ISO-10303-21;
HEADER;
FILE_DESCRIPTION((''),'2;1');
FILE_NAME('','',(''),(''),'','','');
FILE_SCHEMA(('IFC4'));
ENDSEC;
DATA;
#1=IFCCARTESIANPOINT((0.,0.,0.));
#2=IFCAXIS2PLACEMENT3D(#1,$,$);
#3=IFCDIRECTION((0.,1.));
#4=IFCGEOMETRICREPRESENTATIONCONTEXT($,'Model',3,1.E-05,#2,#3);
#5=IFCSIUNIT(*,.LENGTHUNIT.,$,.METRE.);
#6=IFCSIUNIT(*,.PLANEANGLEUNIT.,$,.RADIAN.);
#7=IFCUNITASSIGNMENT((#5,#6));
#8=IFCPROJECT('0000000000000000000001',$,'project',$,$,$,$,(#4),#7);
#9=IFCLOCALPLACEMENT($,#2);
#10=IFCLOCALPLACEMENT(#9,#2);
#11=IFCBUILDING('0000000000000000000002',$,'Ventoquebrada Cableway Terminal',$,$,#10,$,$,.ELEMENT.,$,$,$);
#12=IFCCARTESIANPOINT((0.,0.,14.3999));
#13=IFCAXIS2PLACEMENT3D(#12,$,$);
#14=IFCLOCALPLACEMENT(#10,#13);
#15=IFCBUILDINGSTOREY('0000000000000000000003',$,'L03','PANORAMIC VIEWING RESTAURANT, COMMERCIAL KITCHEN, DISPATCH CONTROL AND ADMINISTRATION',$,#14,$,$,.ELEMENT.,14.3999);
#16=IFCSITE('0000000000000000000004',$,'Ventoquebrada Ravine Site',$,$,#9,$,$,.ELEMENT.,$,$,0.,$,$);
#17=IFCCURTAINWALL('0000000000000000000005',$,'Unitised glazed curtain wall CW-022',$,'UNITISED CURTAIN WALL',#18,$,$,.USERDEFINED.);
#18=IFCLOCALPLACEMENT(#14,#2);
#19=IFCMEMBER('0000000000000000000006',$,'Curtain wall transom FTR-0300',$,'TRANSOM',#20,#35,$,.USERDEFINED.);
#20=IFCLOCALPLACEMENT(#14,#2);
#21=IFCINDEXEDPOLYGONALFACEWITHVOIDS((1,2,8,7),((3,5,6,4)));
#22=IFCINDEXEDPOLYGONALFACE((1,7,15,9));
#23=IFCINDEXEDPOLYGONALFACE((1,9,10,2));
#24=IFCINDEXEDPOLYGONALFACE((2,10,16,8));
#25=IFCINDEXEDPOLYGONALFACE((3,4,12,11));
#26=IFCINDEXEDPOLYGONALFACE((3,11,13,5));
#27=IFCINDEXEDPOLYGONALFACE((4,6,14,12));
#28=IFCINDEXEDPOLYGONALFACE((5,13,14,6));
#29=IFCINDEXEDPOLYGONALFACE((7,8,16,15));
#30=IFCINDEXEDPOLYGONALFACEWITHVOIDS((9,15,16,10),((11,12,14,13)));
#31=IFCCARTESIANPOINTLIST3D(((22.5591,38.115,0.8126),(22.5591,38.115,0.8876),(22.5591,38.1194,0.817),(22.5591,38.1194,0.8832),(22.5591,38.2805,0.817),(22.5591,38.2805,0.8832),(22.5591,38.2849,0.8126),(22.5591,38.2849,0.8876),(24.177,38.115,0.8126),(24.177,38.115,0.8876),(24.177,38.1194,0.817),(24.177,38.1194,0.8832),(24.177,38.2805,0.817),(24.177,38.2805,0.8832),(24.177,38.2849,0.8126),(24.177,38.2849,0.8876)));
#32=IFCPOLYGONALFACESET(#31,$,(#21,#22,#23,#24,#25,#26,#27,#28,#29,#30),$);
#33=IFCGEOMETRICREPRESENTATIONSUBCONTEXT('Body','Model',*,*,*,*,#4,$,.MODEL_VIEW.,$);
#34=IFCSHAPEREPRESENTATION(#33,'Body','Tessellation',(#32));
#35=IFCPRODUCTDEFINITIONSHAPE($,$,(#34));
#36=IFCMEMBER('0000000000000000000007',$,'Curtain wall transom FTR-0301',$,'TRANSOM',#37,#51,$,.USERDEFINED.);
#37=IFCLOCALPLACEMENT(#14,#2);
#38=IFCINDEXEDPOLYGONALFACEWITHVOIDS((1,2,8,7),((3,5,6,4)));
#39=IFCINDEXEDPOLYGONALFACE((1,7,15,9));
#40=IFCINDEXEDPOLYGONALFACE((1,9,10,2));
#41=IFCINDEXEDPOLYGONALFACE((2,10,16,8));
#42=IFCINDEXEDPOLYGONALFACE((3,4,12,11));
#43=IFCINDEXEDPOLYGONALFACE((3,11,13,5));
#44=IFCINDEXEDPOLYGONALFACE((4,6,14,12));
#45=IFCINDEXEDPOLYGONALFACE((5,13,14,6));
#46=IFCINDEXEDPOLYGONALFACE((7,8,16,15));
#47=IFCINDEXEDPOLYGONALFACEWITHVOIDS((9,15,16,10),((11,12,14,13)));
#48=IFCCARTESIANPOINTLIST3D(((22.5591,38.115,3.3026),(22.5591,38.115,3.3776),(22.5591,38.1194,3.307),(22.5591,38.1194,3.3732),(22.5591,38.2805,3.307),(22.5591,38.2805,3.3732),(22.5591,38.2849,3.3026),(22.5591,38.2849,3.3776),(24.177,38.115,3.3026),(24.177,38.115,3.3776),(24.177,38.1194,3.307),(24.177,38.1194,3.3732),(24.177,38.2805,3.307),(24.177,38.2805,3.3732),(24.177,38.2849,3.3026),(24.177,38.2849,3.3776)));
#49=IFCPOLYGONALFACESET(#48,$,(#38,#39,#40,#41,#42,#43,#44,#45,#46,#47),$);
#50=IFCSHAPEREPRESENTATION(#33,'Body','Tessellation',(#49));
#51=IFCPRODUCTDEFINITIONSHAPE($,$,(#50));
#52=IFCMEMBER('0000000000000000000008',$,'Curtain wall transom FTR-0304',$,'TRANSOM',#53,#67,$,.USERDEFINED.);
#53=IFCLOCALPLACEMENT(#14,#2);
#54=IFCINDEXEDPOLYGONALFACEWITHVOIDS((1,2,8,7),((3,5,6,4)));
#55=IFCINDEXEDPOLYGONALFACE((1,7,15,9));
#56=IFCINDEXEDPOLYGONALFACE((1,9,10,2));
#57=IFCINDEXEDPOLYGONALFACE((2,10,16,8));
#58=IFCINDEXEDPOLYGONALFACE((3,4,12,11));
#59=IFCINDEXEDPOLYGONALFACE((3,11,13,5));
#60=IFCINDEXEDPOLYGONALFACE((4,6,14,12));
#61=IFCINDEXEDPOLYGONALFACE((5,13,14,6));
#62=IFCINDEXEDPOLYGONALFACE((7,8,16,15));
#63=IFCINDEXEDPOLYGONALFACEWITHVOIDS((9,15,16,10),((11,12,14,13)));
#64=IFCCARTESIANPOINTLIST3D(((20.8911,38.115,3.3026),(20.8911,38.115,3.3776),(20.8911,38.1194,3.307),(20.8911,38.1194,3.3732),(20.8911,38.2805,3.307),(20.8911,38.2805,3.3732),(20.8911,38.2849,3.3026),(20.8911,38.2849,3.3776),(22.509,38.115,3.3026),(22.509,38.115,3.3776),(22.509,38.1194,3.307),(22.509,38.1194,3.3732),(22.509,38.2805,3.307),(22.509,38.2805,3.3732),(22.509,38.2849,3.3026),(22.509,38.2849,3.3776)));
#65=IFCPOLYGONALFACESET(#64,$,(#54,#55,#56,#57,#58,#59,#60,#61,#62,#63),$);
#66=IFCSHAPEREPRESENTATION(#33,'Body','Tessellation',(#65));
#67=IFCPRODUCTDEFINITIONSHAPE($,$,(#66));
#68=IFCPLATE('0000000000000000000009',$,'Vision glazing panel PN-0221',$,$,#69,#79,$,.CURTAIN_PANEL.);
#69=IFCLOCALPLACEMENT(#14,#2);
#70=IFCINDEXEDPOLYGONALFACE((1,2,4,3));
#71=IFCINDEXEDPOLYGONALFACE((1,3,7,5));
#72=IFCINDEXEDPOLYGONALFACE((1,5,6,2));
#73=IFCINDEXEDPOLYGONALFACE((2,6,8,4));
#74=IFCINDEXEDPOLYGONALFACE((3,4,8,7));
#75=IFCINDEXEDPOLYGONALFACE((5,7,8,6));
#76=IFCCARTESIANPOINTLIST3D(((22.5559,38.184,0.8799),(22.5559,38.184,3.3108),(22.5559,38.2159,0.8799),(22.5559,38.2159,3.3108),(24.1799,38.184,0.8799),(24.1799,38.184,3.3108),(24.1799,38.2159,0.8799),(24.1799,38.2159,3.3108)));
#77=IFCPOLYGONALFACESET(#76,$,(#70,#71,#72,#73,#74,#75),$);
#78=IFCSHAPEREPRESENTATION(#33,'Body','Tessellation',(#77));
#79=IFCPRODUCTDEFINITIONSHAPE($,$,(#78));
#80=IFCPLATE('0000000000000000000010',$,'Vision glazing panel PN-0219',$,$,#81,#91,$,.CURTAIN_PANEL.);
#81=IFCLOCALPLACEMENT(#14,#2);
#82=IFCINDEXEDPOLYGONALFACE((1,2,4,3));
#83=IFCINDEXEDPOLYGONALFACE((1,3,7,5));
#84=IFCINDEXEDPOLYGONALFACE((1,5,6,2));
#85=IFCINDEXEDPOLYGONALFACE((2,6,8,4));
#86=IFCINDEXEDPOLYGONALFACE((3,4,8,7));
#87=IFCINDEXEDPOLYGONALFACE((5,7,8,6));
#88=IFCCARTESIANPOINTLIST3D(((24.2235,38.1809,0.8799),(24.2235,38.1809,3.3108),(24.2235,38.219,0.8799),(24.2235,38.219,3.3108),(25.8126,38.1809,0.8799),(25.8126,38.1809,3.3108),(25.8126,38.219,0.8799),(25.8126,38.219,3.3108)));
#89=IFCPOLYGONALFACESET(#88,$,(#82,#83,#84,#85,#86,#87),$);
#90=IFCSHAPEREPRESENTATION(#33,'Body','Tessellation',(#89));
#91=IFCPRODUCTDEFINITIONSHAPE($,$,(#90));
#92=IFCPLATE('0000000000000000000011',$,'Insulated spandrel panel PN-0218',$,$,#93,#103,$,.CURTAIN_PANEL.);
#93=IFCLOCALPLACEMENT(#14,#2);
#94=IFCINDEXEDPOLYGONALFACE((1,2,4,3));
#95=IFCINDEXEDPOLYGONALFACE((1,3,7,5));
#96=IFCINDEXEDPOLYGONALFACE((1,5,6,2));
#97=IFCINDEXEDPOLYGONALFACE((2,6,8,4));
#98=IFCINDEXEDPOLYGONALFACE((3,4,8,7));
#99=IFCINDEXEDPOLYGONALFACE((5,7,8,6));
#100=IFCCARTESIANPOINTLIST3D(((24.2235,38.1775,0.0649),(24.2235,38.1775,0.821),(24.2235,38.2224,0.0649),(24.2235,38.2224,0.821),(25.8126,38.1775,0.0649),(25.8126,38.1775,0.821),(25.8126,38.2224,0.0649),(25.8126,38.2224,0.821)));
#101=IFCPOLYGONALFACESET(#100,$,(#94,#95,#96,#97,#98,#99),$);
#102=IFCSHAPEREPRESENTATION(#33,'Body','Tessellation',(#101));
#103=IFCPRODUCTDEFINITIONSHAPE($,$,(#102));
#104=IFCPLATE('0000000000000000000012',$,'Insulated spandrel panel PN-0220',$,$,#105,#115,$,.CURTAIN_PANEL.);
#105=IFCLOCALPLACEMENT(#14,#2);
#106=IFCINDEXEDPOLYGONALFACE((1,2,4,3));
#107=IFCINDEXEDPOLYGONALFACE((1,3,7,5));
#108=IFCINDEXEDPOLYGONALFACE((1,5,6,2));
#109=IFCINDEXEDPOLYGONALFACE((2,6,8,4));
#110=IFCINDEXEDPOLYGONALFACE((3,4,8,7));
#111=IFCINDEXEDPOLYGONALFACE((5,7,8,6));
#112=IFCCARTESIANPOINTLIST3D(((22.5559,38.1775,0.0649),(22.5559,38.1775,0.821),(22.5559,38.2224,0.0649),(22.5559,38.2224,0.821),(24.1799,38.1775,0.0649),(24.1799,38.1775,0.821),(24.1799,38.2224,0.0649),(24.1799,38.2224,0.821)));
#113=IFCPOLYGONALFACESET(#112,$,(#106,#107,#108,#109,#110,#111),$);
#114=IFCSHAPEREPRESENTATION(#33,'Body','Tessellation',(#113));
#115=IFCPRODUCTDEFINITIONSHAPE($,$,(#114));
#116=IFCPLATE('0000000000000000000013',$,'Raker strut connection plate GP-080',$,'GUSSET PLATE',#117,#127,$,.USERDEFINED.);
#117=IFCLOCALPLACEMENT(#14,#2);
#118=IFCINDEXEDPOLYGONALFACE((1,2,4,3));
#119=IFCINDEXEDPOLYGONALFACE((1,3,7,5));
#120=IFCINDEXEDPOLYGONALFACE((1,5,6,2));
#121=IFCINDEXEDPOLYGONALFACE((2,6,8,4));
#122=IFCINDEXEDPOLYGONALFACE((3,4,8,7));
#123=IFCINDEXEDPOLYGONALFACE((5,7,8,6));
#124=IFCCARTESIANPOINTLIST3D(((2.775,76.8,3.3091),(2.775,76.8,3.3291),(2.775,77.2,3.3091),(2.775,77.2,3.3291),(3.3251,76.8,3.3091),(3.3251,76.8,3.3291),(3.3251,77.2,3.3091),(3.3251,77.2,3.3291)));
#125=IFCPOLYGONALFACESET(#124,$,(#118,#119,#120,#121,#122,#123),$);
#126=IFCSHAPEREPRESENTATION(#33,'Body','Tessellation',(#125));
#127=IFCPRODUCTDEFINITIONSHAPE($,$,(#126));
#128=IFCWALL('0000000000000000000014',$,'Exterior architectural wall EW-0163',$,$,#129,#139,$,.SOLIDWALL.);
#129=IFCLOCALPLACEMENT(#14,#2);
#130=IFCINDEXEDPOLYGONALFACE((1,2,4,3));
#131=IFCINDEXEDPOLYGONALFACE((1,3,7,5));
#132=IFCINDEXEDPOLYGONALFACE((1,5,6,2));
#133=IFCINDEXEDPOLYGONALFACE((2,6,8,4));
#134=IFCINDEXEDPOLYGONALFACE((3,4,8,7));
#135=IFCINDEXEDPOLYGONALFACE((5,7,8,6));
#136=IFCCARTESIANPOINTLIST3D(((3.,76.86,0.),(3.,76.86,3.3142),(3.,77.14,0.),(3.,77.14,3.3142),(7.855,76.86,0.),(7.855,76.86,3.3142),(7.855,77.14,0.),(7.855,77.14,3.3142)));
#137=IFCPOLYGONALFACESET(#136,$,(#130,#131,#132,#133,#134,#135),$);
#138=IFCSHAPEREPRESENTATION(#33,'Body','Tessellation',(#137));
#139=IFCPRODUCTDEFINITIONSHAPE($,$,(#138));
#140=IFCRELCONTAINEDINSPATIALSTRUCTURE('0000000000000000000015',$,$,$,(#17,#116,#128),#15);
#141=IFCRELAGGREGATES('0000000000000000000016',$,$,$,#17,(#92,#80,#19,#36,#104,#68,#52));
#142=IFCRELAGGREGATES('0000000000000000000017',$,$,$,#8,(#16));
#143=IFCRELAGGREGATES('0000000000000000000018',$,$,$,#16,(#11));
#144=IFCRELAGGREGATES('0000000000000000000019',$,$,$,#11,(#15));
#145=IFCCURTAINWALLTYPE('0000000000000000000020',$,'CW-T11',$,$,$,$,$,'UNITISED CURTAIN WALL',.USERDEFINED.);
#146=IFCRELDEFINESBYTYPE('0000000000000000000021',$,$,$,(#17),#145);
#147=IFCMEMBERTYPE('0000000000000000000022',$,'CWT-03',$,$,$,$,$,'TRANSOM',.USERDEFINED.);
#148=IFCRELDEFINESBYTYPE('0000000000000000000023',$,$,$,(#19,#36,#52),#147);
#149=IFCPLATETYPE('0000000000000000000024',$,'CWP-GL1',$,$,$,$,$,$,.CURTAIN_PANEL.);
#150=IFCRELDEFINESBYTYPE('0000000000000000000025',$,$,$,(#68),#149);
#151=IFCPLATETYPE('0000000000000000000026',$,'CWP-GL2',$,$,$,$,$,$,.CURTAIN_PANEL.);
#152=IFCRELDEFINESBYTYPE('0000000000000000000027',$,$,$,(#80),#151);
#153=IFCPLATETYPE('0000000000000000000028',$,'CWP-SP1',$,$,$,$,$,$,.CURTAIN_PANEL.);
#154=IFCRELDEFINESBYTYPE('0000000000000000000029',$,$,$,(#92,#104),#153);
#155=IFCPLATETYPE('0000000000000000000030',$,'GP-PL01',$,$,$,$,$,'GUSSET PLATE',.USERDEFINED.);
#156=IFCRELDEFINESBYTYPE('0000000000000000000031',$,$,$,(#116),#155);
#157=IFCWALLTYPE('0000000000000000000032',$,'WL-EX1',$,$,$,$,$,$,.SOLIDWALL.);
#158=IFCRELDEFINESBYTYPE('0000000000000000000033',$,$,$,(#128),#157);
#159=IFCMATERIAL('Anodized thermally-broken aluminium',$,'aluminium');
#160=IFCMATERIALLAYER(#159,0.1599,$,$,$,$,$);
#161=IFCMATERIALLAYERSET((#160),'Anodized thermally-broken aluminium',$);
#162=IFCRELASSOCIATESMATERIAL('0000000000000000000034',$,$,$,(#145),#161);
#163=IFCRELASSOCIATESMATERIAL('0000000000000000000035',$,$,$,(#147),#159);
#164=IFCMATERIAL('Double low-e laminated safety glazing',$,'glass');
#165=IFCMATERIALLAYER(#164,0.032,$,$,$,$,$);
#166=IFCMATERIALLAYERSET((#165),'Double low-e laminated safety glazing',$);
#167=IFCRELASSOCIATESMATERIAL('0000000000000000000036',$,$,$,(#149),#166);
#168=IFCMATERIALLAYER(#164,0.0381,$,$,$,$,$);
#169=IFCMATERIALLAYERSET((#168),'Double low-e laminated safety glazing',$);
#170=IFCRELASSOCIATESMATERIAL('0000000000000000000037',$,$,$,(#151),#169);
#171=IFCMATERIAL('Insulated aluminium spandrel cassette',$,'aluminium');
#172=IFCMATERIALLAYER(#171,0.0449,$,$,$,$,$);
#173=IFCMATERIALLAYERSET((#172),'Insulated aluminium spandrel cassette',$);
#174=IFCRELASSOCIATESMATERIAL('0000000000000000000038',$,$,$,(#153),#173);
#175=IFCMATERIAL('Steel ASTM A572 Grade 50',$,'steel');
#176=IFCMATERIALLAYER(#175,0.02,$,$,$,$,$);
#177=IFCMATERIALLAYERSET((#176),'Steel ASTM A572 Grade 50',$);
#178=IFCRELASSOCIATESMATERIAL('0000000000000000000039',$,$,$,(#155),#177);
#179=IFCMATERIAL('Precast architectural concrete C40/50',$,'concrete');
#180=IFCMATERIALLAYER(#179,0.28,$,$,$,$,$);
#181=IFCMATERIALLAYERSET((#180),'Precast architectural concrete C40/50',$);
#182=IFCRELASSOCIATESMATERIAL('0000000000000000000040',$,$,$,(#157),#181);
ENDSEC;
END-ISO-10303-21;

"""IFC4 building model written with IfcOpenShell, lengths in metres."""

from ifc_helpers import new_model, si_unit, direction, frame, frame_2d, origin, origin_2d, place, context, subcontext, project, spatial, rectangle, hollow_rectangle, extrude, material, layer, layer_set, material_profile, profile_set, type_object, element, aggregate, save


model = new_model("IFC4")

# Units and contexts
model_context = context("Model", 3, precision=1e-05, world=origin(), true_north=direction((0.0, 1.0)))
body_context = subcontext(model_context, "Body", "Model", "MODEL_VIEW")
ifc_project = project(units=[si_unit("LENGTHUNIT", "METRE"), si_unit("PLANEANGLEUNIT", "RADIAN")], contexts=[model_context])

# Site, building, storey
site_placement = place(None, origin())
site = spatial("IfcSite", under=ifc_project, at=site_placement, Name="Ventoquebrada Ravine Site", CompositionType="ELEMENT", RefElevation=0.0)
building_placement = place(site_placement, origin())
building = spatial("IfcBuilding", under=site, at=building_placement, Name="Ventoquebrada Cableway Terminal", CompositionType="ELEMENT")
storey_placement = place(building_placement, frame((0.0, 0.0, 14.3999)))
storey = spatial("IfcBuildingStorey", under=building, at=storey_placement, Name="L03", Description="PANORAMIC VIEWING RESTAURANT, COMMERCIAL KITCHEN, DISPATCH CONTROL AND ADMINISTRATION", CompositionType="ELEMENT", Elevation=14.3999)

# Curtain wall, members, plates
ifc_material_1 = material(Name="Anodized thermally-broken aluminium", Category="aluminium")
ifc_layer_1 = layer(ifc_material_1, 0.1599)
ifc_layer_set_1 = layer_set([ifc_layer_1], Name="Anodized thermally-broken aluminium")
curtain_wall_type = type_object("IfcCurtainWallType", Name="CW-T11", ElementType="UNITISED CURTAIN WALL", PredefinedType="USERDEFINED", material=ifc_layer_set_1)
curtain_wall_placement = place(storey_placement, origin())
curtain_wall = element("IfcCurtainWall", 1, at=curtain_wall_placement, inside=storey, type_object=curtain_wall_type, Name="Unitised glazed curtain wall CW-022", ObjectType="UNITISED CURTAIN WALL", PredefinedType="USERDEFINED")
ifc_material_profile_1 = material_profile(ifc_material_1, hollow_rectangle(XDim=0.075, YDim=0.1699, WallThickness=0.0044, at=origin_2d()), Name="CW-TRN-75X170")
ifc_profile_set_1 = profile_set([ifc_material_profile_1], Name="Anodized thermally-broken aluminium")
member_type_1 = type_object("IfcMemberType", Name="CWT-03", ElementType="TRANSOM", PredefinedType="USERDEFINED", material=ifc_profile_set_1)
member_1_placement = place(storey_placement, frame((24.177, 38.2, 0.8501), z_axis=(-1.0, 0.0, 0.0), x_axis=(0.0, 0.0, 1.0)))
member_1 = element("IfcMember", 2, at=member_1_placement, type_object=member_type_1, Name="Curtain wall transom FTR-0300", ObjectType="TRANSOM", PredefinedType="USERDEFINED", context=body_context, shape_type="SweptSolid", body=[
    extrude(hollow_rectangle(XDim=0.075, YDim=0.1699, WallThickness=0.0044, at=origin_2d()), origin(), (0.0, 0.0, 1.0), 1.6179),
])
member_2_placement = place(storey_placement, frame((24.177, 38.2, 3.3401), z_axis=(-1.0, 0.0, 0.0), x_axis=(0.0, 0.0, 1.0)))
member_2 = element("IfcMember", 3, at=member_2_placement, type_object=member_type_1, Name="Curtain wall transom FTR-0301", ObjectType="TRANSOM", PredefinedType="USERDEFINED", context=body_context, shape_type="SweptSolid", body=[
    extrude(hollow_rectangle(XDim=0.075, YDim=0.1699, WallThickness=0.0044, at=origin_2d()), origin(), (0.0, 0.0, 1.0), 1.6179),
])
member_3_placement = place(storey_placement, frame((22.509, 38.2, 3.3401), z_axis=(-1.0, 0.0, 0.0), x_axis=(0.0, 0.0, 1.0)))
member_3 = element("IfcMember", 4, at=member_3_placement, type_object=member_type_1, Name="Curtain wall transom FTR-0304", ObjectType="TRANSOM", PredefinedType="USERDEFINED", context=body_context, shape_type="SweptSolid", body=[
    extrude(hollow_rectangle(XDim=0.075, YDim=0.1699, WallThickness=0.0044, at=origin_2d()), origin(), (0.0, 0.0, 1.0), 1.6179),
])
ifc_material_2 = material(Name="Double low-e laminated safety glazing", Category="glass")
ifc_layer_2 = layer(ifc_material_2, 0.032)
ifc_layer_set_2 = layer_set([ifc_layer_2], Name="Double low-e laminated safety glazing")
plate_type_1 = type_object("IfcPlateType", Name="CWP-GL1", PredefinedType="CURTAIN_PANEL", material=ifc_layer_set_2)
plate_1_placement = place(storey_placement, frame((23.3679, 38.2, 0.8799), z_axis=(0.0, 0.0, 1.0), x_axis=(-1.0, 0.0, 0.0)))
plate_1 = element("IfcPlate", 5, at=plate_1_placement, type_object=plate_type_1, Name="Vision glazing panel PN-0221", PredefinedType="CURTAIN_PANEL", context=body_context, shape_type="SweptSolid", body=[
    extrude(rectangle(XDim=1.624, YDim=0.032, at=origin_2d()), origin(), (0.0, 0.0, 1.0), 2.4309),
])
ifc_layer_3 = layer(ifc_material_2, 0.0381)
ifc_layer_set_3 = layer_set([ifc_layer_3], Name="Double low-e laminated safety glazing")
plate_type_2 = type_object("IfcPlateType", Name="CWP-GL2", PredefinedType="CURTAIN_PANEL", material=ifc_layer_set_3)
plate_2_placement = place(storey_placement, frame((25.0181, 38.2, 0.8799), z_axis=(0.0, 0.0, 1.0), x_axis=(-1.0, 0.0, 0.0)))
plate_2 = element("IfcPlate", 6, at=plate_2_placement, type_object=plate_type_2, Name="Vision glazing panel PN-0219", PredefinedType="CURTAIN_PANEL", context=body_context, shape_type="SweptSolid", body=[
    extrude(rectangle(XDim=1.5891, YDim=0.0381, at=origin_2d()), origin(), (0.0, 0.0, 1.0), 2.4309),
])
ifc_material_3 = material(Name="Insulated aluminium spandrel cassette", Category="aluminium")
ifc_layer_4 = layer(ifc_material_3, 0.0449)
ifc_layer_set_4 = layer_set([ifc_layer_4], Name="Insulated aluminium spandrel cassette")
plate_type_3 = type_object("IfcPlateType", Name="CWP-SP1", PredefinedType="CURTAIN_PANEL", material=ifc_layer_set_4)
plate_3_placement = place(storey_placement, frame((25.0181, 38.2, 0.0649), z_axis=(0.0, 0.0, 1.0), x_axis=(-1.0, 0.0, 0.0)))
plate_3 = element("IfcPlate", 7, at=plate_3_placement, type_object=plate_type_3, Name="Insulated spandrel panel PN-0218", PredefinedType="CURTAIN_PANEL", context=body_context, shape_type="SweptSolid", body=[
    extrude(rectangle(XDim=1.5891, YDim=0.0449, at=origin_2d()), origin(), (0.0, 0.0, 1.0), 0.7561),
])
plate_4_placement = place(storey_placement, frame((23.3679, 38.2, 0.0649), z_axis=(0.0, 0.0, 1.0), x_axis=(-1.0, 0.0, 0.0)))
plate_4 = element("IfcPlate", 8, at=plate_4_placement, type_object=plate_type_3, Name="Insulated spandrel panel PN-0220", PredefinedType="CURTAIN_PANEL", context=body_context, shape_type="SweptSolid", body=[
    extrude(rectangle(XDim=1.624, YDim=0.0449, at=origin_2d()), origin(), (0.0, 0.0, 1.0), 0.7561),
])
aggregate(curtain_wall, [plate_3, plate_2, member_1, member_2, plate_4, plate_1, member_3])

# Plate
ifc_material_4 = material(Name="Steel ASTM A572 Grade 50", Category="steel")
ifc_layer_5 = layer(ifc_material_4, 0.02)
ifc_layer_set_5 = layer_set([ifc_layer_5], Name="Steel ASTM A572 Grade 50")
plate_type_4 = type_object("IfcPlateType", Name="GP-PL01", ElementType="GUSSET PLATE", PredefinedType="USERDEFINED", material=ifc_layer_set_5)
plate_5_placement = place(storey_placement, frame((3.05, 77.0, 3.3091), z_axis=(0.0, 0.0, 1.0), x_axis=(1.0, 0.0, 0.0)))
element("IfcPlate", 9, at=plate_5_placement, inside=storey, type_object=plate_type_4, Name="Raker strut connection plate GP-080", ObjectType="GUSSET PLATE", PredefinedType="USERDEFINED", context=body_context, shape_type="SweptSolid", body=[
    extrude(rectangle(XDim=0.55, YDim=0.3999, at=origin_2d()), origin(), (0.0, 0.0, 1.0), 0.02),
])

# Wall
ifc_material_5 = material(Name="Precast architectural concrete C40/50", Category="concrete")
ifc_layer_6 = layer(ifc_material_5, 0.28)
ifc_layer_set_6 = layer_set([ifc_layer_6], Name="Precast architectural concrete C40/50")
wall_type = type_object("IfcWallType", Name="WL-EX1", PredefinedType="SOLIDWALL", material=ifc_layer_set_6)
wall_placement = place(storey_placement, frame((3.0, 77.0, 0.0), z_axis=(0.0, 0.0, 1.0), x_axis=(1.0, 0.0, 0.0)))
element("IfcWall", 10, at=wall_placement, inside=storey, type_object=wall_type, Name="Exterior architectural wall EW-0163", PredefinedType="SOLIDWALL", context=body_context, shape_type="SweptSolid", body=[
    extrude(rectangle(XDim=4.855, YDim=0.28, at=frame_2d((2.4275, 0.0))), origin(), (0.0, 0.0, 1.0), 3.3142),
])

save(model, "model.ifc")
